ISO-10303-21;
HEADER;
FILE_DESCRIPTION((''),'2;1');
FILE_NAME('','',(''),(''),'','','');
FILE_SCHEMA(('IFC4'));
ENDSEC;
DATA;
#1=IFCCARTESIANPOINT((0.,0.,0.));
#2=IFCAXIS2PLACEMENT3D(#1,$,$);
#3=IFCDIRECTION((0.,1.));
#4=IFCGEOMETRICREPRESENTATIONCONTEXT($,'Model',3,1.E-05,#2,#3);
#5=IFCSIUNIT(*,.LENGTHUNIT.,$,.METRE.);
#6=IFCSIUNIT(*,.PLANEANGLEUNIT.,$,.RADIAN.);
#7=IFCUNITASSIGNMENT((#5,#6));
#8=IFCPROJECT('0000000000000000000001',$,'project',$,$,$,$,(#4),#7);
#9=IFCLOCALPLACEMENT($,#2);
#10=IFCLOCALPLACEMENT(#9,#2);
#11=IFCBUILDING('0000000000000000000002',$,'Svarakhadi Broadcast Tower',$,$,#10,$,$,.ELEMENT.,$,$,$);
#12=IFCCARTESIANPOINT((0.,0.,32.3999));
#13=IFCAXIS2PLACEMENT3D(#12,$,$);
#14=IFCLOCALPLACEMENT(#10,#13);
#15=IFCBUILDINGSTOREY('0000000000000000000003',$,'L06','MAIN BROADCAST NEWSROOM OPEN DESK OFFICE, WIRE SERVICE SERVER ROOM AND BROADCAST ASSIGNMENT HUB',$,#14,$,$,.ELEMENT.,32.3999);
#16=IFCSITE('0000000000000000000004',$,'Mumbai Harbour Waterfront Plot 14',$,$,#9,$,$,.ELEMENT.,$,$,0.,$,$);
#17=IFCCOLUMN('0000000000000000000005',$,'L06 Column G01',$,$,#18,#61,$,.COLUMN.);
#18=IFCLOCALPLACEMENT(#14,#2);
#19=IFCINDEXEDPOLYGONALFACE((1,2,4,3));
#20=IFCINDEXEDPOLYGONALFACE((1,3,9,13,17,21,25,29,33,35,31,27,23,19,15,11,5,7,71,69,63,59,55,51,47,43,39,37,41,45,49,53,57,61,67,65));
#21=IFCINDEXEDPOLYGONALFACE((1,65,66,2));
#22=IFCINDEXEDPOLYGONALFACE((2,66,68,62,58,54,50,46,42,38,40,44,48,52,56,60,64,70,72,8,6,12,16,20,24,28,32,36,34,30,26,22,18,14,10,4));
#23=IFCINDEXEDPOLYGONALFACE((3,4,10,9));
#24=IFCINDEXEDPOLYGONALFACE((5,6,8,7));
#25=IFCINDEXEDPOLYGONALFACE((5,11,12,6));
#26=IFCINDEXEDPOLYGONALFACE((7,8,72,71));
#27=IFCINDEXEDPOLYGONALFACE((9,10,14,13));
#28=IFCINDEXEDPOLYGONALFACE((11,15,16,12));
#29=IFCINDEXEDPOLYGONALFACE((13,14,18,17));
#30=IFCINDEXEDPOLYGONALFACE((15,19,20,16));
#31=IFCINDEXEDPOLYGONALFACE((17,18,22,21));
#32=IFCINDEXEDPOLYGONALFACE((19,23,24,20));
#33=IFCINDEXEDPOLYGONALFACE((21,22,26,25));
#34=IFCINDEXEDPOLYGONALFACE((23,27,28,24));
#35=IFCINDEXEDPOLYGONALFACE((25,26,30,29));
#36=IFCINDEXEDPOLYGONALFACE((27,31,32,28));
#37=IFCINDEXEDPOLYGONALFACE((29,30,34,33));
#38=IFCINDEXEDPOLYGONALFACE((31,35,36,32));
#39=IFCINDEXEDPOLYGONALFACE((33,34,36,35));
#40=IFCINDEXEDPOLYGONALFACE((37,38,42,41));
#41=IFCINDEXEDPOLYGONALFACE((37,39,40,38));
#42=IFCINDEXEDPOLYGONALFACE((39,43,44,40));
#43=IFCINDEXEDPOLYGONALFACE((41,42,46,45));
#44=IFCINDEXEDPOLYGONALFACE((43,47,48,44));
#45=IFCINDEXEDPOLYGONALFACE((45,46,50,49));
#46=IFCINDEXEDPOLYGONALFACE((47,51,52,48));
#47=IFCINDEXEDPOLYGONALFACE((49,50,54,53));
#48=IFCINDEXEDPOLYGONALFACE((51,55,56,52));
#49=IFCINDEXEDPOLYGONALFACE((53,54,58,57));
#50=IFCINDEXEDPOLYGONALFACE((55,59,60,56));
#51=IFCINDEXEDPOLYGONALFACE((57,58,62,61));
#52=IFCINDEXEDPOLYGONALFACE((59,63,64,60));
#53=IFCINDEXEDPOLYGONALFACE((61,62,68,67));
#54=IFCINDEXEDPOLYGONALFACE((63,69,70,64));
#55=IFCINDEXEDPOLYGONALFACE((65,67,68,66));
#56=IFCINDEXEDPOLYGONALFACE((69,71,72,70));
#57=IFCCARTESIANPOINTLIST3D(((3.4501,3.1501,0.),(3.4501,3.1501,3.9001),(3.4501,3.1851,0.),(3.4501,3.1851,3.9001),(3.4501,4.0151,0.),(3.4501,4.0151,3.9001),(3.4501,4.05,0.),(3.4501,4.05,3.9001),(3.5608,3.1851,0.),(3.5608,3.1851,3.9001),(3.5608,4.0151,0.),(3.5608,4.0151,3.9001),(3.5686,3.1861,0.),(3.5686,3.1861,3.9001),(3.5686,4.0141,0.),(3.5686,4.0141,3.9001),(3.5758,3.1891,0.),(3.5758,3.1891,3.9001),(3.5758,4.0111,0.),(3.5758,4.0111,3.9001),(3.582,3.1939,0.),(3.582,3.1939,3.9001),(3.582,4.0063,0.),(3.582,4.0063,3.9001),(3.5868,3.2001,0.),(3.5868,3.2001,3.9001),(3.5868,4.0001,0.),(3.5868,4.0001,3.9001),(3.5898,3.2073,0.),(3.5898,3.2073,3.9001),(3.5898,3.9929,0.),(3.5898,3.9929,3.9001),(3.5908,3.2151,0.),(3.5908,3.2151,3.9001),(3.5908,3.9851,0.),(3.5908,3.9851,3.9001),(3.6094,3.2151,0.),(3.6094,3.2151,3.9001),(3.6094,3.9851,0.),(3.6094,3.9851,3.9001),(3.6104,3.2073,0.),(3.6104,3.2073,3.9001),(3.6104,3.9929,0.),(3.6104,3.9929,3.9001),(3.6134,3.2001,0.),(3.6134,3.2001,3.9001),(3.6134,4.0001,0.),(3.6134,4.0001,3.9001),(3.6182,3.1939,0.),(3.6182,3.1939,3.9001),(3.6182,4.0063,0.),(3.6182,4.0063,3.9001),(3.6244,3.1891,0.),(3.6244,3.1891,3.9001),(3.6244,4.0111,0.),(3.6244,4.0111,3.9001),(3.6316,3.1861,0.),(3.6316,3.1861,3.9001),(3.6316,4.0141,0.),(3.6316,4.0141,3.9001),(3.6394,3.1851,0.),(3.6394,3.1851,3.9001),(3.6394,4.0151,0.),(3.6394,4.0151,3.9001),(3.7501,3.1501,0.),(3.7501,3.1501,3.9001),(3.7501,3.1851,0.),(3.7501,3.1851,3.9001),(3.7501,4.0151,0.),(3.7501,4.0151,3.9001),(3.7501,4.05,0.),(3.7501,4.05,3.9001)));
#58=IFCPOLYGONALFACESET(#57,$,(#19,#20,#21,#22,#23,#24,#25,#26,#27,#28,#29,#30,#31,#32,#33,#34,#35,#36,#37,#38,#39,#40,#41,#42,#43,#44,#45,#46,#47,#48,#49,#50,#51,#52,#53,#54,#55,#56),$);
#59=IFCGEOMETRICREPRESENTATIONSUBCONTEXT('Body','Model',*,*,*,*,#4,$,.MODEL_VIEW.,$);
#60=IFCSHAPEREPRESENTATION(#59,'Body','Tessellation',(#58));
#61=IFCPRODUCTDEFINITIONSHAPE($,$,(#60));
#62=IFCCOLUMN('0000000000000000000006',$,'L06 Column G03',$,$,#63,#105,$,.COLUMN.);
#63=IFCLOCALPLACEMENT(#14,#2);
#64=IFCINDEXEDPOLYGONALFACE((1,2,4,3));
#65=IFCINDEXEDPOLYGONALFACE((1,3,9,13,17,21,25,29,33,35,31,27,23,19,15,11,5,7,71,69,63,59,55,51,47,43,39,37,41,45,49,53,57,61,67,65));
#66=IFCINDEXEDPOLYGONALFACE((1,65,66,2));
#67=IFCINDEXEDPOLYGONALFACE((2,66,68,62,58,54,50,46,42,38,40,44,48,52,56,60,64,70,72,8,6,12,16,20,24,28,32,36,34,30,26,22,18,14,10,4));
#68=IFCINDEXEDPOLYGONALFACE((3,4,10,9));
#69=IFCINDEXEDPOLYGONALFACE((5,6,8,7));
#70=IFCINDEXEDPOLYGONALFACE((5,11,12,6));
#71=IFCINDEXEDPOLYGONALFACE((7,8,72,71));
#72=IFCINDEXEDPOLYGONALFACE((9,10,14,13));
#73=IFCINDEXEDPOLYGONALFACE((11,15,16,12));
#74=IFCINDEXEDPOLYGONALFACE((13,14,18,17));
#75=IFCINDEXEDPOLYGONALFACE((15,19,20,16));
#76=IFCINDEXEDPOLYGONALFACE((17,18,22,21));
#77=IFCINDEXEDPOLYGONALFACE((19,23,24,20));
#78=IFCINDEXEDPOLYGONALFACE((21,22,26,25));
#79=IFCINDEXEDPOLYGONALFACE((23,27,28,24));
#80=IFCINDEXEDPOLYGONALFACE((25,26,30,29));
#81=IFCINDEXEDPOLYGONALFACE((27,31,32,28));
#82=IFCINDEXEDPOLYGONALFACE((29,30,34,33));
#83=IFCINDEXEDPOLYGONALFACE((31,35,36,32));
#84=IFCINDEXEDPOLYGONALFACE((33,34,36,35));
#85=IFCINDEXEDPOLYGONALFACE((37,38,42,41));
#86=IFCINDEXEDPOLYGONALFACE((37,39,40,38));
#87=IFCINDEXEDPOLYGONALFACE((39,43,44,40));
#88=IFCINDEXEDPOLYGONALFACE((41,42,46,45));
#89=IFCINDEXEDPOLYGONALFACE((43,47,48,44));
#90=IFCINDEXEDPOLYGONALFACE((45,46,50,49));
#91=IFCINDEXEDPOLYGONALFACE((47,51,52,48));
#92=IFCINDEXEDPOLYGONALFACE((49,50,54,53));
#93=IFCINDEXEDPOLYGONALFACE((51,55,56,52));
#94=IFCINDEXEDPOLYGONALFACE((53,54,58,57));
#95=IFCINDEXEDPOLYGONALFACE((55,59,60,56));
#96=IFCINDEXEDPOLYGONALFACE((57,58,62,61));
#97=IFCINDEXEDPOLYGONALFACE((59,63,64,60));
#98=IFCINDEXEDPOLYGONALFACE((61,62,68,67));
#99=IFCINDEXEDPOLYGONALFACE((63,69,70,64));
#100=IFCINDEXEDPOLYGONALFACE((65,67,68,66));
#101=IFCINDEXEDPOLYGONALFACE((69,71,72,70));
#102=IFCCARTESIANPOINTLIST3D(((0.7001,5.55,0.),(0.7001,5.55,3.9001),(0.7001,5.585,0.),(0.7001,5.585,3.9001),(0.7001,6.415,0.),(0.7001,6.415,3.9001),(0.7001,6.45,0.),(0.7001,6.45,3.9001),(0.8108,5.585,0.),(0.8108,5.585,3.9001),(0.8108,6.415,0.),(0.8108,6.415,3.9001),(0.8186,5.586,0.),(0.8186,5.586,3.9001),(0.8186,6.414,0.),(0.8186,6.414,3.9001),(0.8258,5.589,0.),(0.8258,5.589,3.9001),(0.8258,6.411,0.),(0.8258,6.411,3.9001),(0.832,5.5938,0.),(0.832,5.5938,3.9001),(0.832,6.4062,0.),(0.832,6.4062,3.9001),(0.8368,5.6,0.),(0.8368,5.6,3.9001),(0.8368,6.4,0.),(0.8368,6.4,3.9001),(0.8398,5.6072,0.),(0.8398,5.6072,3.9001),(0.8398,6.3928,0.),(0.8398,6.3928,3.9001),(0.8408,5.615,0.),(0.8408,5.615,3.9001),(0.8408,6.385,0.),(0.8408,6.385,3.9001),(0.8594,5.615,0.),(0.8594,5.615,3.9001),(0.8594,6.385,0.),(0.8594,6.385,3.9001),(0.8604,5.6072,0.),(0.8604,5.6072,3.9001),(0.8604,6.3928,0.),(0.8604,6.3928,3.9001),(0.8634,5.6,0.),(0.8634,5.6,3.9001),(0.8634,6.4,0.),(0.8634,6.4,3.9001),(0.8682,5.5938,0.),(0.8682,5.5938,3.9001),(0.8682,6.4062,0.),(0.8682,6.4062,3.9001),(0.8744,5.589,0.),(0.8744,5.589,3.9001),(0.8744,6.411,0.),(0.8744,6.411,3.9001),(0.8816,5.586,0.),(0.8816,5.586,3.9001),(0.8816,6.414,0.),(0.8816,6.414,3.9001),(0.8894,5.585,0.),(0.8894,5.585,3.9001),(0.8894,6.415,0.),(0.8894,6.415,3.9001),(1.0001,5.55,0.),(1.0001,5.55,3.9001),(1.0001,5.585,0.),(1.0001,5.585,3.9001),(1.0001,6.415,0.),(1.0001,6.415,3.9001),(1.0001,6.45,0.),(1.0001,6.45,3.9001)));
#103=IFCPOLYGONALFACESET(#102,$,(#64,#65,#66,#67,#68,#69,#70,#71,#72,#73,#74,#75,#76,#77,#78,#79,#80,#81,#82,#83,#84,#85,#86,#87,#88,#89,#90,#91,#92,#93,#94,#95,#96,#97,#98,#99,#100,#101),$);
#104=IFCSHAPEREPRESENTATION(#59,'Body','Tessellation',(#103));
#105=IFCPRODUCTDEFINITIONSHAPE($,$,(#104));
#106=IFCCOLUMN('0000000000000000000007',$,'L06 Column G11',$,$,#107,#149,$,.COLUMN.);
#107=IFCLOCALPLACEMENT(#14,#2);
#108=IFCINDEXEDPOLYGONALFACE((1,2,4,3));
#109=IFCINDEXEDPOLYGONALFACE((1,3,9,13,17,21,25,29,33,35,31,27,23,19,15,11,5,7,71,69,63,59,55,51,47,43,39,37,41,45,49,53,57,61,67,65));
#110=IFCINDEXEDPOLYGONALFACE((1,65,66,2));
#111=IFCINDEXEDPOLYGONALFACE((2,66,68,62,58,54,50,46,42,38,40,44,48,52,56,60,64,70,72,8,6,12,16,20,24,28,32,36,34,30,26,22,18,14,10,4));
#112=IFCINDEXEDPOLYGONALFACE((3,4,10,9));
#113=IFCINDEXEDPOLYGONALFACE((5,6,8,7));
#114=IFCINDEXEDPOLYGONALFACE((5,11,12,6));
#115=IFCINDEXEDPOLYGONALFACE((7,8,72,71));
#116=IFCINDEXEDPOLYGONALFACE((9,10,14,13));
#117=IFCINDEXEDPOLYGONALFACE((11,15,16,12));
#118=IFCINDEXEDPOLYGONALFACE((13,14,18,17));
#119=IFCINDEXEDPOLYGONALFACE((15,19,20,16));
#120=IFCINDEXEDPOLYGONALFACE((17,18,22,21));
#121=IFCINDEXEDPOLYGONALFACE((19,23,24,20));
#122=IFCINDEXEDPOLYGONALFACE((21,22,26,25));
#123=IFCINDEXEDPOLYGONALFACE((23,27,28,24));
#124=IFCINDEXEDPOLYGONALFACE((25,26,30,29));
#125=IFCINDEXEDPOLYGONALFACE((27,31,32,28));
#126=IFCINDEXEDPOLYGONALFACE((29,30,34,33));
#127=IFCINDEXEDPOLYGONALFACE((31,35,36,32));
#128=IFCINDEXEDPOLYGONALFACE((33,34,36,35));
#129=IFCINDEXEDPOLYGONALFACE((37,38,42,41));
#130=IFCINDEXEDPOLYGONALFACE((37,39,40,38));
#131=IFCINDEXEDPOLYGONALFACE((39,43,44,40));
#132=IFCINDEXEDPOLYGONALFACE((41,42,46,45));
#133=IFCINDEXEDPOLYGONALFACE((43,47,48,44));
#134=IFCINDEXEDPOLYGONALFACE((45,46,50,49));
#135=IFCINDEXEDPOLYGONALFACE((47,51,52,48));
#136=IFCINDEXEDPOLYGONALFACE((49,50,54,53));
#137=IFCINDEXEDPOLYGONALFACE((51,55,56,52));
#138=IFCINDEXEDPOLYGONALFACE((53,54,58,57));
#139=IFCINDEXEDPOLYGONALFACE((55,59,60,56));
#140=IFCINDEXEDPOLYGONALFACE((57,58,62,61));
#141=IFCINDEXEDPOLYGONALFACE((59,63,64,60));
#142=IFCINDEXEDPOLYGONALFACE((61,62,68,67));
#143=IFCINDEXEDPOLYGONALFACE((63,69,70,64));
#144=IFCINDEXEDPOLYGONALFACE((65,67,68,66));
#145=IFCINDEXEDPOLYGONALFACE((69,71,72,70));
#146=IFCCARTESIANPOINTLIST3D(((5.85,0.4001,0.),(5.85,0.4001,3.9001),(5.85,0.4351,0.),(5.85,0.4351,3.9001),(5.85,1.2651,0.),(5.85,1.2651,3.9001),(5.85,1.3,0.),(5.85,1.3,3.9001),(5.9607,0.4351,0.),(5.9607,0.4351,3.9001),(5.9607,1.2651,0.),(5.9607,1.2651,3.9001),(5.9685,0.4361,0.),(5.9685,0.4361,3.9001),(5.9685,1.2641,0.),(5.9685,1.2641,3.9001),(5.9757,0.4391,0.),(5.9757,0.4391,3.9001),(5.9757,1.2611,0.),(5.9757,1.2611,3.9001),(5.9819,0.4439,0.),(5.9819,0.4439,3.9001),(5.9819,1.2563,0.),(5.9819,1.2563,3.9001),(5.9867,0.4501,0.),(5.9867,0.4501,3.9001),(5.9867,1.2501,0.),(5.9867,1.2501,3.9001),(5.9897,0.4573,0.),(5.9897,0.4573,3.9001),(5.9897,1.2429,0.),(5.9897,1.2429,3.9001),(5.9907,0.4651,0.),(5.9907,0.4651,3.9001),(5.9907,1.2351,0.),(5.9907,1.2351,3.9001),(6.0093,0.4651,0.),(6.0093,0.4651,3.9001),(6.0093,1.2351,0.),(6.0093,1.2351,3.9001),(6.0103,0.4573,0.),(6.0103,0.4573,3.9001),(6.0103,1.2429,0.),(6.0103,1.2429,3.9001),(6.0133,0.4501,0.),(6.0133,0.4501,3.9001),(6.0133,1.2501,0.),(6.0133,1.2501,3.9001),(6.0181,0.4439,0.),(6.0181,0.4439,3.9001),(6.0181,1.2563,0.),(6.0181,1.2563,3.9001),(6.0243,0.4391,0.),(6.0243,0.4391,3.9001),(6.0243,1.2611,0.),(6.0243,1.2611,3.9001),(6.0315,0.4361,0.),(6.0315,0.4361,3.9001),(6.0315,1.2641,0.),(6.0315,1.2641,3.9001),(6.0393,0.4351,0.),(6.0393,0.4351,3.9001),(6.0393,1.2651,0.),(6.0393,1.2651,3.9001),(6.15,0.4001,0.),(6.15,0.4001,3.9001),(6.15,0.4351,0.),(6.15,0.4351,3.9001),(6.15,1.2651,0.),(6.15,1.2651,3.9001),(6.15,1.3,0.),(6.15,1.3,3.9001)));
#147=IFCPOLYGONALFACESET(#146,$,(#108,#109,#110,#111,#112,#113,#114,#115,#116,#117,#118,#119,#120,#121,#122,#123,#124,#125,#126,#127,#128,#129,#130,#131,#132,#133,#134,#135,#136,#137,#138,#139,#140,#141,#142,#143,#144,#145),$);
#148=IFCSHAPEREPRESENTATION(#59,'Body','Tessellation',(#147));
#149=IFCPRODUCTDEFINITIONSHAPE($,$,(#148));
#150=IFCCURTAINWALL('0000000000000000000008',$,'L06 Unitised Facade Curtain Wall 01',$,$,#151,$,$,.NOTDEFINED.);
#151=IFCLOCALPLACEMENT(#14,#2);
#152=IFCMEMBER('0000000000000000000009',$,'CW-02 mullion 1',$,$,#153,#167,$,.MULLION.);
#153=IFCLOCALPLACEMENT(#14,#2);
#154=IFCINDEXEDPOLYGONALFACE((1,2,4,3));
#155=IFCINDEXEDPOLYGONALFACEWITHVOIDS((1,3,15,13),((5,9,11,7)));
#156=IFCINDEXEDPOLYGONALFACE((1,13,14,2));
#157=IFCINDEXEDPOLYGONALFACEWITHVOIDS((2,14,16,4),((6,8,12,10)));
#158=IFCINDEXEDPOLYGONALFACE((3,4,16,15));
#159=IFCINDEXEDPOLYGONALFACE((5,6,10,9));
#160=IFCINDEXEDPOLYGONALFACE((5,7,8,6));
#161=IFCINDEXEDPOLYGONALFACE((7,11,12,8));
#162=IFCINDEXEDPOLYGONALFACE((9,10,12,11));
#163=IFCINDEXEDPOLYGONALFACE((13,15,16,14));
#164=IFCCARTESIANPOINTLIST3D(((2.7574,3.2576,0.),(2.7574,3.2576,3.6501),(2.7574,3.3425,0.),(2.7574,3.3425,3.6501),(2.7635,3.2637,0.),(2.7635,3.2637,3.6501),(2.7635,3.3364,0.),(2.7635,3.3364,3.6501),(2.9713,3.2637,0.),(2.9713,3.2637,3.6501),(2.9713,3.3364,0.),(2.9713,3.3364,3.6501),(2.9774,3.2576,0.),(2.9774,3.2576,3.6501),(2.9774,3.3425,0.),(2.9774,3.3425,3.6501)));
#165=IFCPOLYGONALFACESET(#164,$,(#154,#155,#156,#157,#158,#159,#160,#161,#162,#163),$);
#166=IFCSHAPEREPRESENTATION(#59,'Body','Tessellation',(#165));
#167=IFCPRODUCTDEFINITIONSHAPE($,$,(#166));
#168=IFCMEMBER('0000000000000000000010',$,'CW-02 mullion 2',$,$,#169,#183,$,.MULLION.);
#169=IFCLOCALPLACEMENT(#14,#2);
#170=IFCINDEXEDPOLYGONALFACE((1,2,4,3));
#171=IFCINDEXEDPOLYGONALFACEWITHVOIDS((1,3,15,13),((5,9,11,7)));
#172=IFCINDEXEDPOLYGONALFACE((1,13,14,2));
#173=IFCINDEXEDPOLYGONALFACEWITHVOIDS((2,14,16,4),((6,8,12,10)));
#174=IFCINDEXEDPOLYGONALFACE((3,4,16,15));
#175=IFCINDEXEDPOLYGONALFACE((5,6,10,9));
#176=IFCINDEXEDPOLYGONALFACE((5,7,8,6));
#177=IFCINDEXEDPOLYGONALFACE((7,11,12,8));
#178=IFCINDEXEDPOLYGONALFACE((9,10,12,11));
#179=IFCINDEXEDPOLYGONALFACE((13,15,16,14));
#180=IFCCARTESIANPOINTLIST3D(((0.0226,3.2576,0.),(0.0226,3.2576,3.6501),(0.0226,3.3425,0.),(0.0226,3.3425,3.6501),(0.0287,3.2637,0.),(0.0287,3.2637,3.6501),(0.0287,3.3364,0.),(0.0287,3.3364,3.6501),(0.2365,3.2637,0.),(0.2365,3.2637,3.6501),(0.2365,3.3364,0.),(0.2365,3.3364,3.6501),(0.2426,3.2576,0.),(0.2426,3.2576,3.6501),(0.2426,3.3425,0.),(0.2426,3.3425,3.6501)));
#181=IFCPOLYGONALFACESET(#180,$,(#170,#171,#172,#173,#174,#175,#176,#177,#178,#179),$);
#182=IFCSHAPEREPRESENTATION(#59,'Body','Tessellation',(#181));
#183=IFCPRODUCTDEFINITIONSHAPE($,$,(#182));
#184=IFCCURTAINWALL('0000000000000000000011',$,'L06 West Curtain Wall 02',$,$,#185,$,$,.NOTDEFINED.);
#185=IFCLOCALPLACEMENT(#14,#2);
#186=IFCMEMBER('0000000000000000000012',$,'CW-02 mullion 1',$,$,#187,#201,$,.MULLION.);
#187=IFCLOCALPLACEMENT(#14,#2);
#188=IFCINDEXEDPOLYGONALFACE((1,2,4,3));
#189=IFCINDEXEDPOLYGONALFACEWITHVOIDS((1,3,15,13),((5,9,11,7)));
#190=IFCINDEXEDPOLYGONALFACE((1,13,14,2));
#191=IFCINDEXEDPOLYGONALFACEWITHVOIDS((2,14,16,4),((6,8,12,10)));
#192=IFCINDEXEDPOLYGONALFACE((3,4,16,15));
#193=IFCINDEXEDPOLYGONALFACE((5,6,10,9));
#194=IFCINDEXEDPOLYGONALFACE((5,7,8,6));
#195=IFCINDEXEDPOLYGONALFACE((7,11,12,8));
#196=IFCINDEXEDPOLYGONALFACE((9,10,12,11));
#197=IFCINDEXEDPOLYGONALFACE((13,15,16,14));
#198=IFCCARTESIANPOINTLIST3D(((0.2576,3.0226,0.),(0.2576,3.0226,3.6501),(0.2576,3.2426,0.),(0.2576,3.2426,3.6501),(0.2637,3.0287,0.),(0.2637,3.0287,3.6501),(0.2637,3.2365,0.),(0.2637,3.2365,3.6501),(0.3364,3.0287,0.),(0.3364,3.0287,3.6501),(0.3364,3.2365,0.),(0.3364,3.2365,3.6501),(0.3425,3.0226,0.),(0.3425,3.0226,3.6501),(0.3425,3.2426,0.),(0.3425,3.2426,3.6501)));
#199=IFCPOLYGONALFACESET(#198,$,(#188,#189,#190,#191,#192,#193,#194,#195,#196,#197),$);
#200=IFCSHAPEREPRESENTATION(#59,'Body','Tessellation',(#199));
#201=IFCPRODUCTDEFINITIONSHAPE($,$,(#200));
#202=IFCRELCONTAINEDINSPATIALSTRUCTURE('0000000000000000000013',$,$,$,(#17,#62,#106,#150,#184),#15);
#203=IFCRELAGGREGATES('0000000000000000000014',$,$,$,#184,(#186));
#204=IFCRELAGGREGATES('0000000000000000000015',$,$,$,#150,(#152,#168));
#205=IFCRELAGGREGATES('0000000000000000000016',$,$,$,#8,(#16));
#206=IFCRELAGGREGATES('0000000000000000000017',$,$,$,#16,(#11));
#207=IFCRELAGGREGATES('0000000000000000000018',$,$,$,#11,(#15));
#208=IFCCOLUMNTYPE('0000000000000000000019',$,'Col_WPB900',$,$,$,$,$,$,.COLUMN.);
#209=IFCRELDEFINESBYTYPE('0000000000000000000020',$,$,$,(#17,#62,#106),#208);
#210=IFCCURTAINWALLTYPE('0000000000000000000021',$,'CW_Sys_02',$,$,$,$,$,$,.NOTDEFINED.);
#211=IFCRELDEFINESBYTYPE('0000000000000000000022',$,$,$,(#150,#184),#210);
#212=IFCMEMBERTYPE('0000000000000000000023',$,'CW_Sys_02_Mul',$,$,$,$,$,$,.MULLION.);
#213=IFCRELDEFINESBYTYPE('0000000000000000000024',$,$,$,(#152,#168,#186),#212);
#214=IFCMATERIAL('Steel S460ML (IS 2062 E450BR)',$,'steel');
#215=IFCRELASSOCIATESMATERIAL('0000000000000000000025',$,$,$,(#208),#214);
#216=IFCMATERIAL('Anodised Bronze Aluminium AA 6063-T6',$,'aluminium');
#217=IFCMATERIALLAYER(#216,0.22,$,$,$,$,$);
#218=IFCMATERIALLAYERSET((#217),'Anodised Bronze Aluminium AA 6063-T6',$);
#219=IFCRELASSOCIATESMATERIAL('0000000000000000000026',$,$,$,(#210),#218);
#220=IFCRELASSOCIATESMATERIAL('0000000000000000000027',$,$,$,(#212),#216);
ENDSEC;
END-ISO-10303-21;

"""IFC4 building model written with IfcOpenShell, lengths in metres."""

from ifc_helpers import new_model, si_unit, direction, frame, origin, origin_2d, place, context, subcontext, project, spatial, hollow_rectangle, i_section, extrude, material, layer, layer_set, material_profile, profile_set, type_object, element, aggregate, save


model = new_model("IFC4")

# Units and contexts
model_context = context("Model", 3, precision=1e-05, world=origin(), true_north=direction((0.0, 1.0)))
body_context = subcontext(model_context, "Body", "Model", "MODEL_VIEW")
ifc_project = project(units=[si_unit("LENGTHUNIT", "METRE"), si_unit("PLANEANGLEUNIT", "RADIAN")], contexts=[model_context])

# Site, building, storey
site_placement = place(None, origin())
site = spatial("IfcSite", under=ifc_project, at=site_placement, Name="Mumbai Harbour Waterfront Plot 14", CompositionType="ELEMENT", RefElevation=0.0)
building_placement = place(site_placement, origin())
building = spatial("IfcBuilding", under=site, at=building_placement, Name="Svarakhadi Broadcast Tower", CompositionType="ELEMENT")
storey_placement = place(building_placement, frame((0.0, 0.0, 32.3999)))
storey = spatial("IfcBuildingStorey", under=building, at=storey_placement, Name="L06", Description="MAIN BROADCAST NEWSROOM OPEN DESK OFFICE, WIRE SERVICE SERVER ROOM AND BROADCAST ASSIGNMENT HUB", CompositionType="ELEMENT", Elevation=32.3999)

# Columns
ifc_material_1 = material(Name="Steel S460ML (IS 2062 E450BR)", Category="steel")
ifc_material_profile_1 = material_profile(ifc_material_1, i_section(OverallWidth=0.3, OverallDepth=0.8999, WebThickness=0.0186, FlangeThickness=0.0349, FilletRadius=0.03, at=origin_2d()), Name="WPB 900x300x291")
ifc_profile_set_1 = profile_set([ifc_material_profile_1], Name="Steel S460ML (IS 2062 E450BR)")
column_type = type_object("IfcColumnType", Name="Col_WPB900", PredefinedType="COLUMN", material=ifc_profile_set_1)
for number, where, z_axis, x_axis, name in (
    (1, (3.6001, 3.6001, 0.0), (0.0, 0.0, 1.0), (1.0, 0.0, 0.0), "L06 Column G01"),
    (2, (0.8501, 6.0, 0.0), (0.0, 0.0, 1.0), (1.0, 0.0, 0.0), "L06 Column G03"),
    (3, (6.0, 0.8501, 0.0), (0.0, 0.0, 1.0), (1.0, 0.0, 0.0), "L06 Column G11"),
):
    element("IfcColumn", number, at=place(storey_placement, frame(where, z_axis=z_axis, x_axis=x_axis)), inside=storey, type_object=column_type, Name=name, PredefinedType="COLUMN", context=body_context, shape_type="SweptSolid", body=[
        extrude(i_section(OverallWidth=0.3, OverallDepth=0.8999, WebThickness=0.0186, FlangeThickness=0.0349, FilletRadius=0.03, at=origin_2d()), origin(), (0.0, 0.0, 1.0), 3.9001),
    ])

# Curtain wall, members
ifc_material_2 = material(Name="Anodised Bronze Aluminium AA 6063-T6", Category="aluminium")
ifc_layer_1 = layer(ifc_material_2, 0.22)
ifc_layer_set_1 = layer_set([ifc_layer_1], Name="Anodised Bronze Aluminium AA 6063-T6")
curtain_wall_type = type_object("IfcCurtainWallType", Name="CW_Sys_02", PredefinedType="NOTDEFINED", material=ifc_layer_set_1)
curtain_wall_1_placement = place(storey_placement, origin())
curtain_wall_1 = element("IfcCurtainWall", 4, at=curtain_wall_1_placement, inside=storey, type_object=curtain_wall_type, Name="L06 Unitised Facade Curtain Wall 01", PredefinedType="NOTDEFINED")
ifc_material_profile_2 = material_profile(ifc_material_2, hollow_rectangle(XDim=0.085, YDim=0.22, WallThickness=0.0061, at=origin_2d()), Name="ALU MULLION 220x85x6")
ifc_profile_set_2 = profile_set([ifc_material_profile_2], Name="Anodised Bronze Aluminium AA 6063-T6")
member_type_1 = type_object("IfcMemberType", Name="CW_Sys_02_Mul", PredefinedType="MULLION", material=ifc_profile_set_2)
member_1_placement = place(storey_placement, frame((2.8674, 3.3, 0.0), z_axis=(0.0, 0.0, 1.0), x_axis=(0.0, -1.0, 0.0)))
member_1 = element("IfcMember", 5, at=member_1_placement, type_object=member_type_1, Name="CW-02 mullion 1", PredefinedType="MULLION", context=body_context, shape_type="SweptSolid", body=[
    extrude(hollow_rectangle(XDim=0.085, YDim=0.22, WallThickness=0.0061, at=origin_2d()), origin(), (0.0, 0.0, 1.0), 3.6501),
])
member_2_placement = place(storey_placement, frame((0.1326, 3.3, 0.0), z_axis=(0.0, 0.0, 1.0), x_axis=(0.0, -1.0, 0.0)))
member_2 = element("IfcMember", 6, at=member_2_placement, type_object=member_type_1, Name="CW-02 mullion 2", PredefinedType="MULLION", context=body_context, shape_type="SweptSolid", body=[
    extrude(hollow_rectangle(XDim=0.085, YDim=0.22, WallThickness=0.0061, at=origin_2d()), origin(), (0.0, 0.0, 1.0), 3.6501),
])

# Curtain wall, member
curtain_wall_2_placement = place(storey_placement, origin())
curtain_wall_2 = element("IfcCurtainWall", 7, at=curtain_wall_2_placement, inside=storey, type_object=curtain_wall_type, Name="L06 West Curtain Wall 02", PredefinedType="NOTDEFINED")
member_3_placement = place(storey_placement, frame((0.3, 3.1326, 0.0), z_axis=(0.0, 0.0, 1.0), x_axis=(-1.0, 0.0, 0.0)))
member_3 = element("IfcMember", 8, at=member_3_placement, type_object=member_type_1, Name="CW-02 mullion 1", PredefinedType="MULLION", context=body_context, shape_type="SweptSolid", body=[
    extrude(hollow_rectangle(XDim=0.085, YDim=0.22, WallThickness=0.0061, at=origin_2d()), origin(), (0.0, 0.0, 1.0), 3.6501),
])

aggregate(curtain_wall_2, [member_3])

aggregate(curtain_wall_1, [member_1, member_2])

save(model, "model.ifc")
